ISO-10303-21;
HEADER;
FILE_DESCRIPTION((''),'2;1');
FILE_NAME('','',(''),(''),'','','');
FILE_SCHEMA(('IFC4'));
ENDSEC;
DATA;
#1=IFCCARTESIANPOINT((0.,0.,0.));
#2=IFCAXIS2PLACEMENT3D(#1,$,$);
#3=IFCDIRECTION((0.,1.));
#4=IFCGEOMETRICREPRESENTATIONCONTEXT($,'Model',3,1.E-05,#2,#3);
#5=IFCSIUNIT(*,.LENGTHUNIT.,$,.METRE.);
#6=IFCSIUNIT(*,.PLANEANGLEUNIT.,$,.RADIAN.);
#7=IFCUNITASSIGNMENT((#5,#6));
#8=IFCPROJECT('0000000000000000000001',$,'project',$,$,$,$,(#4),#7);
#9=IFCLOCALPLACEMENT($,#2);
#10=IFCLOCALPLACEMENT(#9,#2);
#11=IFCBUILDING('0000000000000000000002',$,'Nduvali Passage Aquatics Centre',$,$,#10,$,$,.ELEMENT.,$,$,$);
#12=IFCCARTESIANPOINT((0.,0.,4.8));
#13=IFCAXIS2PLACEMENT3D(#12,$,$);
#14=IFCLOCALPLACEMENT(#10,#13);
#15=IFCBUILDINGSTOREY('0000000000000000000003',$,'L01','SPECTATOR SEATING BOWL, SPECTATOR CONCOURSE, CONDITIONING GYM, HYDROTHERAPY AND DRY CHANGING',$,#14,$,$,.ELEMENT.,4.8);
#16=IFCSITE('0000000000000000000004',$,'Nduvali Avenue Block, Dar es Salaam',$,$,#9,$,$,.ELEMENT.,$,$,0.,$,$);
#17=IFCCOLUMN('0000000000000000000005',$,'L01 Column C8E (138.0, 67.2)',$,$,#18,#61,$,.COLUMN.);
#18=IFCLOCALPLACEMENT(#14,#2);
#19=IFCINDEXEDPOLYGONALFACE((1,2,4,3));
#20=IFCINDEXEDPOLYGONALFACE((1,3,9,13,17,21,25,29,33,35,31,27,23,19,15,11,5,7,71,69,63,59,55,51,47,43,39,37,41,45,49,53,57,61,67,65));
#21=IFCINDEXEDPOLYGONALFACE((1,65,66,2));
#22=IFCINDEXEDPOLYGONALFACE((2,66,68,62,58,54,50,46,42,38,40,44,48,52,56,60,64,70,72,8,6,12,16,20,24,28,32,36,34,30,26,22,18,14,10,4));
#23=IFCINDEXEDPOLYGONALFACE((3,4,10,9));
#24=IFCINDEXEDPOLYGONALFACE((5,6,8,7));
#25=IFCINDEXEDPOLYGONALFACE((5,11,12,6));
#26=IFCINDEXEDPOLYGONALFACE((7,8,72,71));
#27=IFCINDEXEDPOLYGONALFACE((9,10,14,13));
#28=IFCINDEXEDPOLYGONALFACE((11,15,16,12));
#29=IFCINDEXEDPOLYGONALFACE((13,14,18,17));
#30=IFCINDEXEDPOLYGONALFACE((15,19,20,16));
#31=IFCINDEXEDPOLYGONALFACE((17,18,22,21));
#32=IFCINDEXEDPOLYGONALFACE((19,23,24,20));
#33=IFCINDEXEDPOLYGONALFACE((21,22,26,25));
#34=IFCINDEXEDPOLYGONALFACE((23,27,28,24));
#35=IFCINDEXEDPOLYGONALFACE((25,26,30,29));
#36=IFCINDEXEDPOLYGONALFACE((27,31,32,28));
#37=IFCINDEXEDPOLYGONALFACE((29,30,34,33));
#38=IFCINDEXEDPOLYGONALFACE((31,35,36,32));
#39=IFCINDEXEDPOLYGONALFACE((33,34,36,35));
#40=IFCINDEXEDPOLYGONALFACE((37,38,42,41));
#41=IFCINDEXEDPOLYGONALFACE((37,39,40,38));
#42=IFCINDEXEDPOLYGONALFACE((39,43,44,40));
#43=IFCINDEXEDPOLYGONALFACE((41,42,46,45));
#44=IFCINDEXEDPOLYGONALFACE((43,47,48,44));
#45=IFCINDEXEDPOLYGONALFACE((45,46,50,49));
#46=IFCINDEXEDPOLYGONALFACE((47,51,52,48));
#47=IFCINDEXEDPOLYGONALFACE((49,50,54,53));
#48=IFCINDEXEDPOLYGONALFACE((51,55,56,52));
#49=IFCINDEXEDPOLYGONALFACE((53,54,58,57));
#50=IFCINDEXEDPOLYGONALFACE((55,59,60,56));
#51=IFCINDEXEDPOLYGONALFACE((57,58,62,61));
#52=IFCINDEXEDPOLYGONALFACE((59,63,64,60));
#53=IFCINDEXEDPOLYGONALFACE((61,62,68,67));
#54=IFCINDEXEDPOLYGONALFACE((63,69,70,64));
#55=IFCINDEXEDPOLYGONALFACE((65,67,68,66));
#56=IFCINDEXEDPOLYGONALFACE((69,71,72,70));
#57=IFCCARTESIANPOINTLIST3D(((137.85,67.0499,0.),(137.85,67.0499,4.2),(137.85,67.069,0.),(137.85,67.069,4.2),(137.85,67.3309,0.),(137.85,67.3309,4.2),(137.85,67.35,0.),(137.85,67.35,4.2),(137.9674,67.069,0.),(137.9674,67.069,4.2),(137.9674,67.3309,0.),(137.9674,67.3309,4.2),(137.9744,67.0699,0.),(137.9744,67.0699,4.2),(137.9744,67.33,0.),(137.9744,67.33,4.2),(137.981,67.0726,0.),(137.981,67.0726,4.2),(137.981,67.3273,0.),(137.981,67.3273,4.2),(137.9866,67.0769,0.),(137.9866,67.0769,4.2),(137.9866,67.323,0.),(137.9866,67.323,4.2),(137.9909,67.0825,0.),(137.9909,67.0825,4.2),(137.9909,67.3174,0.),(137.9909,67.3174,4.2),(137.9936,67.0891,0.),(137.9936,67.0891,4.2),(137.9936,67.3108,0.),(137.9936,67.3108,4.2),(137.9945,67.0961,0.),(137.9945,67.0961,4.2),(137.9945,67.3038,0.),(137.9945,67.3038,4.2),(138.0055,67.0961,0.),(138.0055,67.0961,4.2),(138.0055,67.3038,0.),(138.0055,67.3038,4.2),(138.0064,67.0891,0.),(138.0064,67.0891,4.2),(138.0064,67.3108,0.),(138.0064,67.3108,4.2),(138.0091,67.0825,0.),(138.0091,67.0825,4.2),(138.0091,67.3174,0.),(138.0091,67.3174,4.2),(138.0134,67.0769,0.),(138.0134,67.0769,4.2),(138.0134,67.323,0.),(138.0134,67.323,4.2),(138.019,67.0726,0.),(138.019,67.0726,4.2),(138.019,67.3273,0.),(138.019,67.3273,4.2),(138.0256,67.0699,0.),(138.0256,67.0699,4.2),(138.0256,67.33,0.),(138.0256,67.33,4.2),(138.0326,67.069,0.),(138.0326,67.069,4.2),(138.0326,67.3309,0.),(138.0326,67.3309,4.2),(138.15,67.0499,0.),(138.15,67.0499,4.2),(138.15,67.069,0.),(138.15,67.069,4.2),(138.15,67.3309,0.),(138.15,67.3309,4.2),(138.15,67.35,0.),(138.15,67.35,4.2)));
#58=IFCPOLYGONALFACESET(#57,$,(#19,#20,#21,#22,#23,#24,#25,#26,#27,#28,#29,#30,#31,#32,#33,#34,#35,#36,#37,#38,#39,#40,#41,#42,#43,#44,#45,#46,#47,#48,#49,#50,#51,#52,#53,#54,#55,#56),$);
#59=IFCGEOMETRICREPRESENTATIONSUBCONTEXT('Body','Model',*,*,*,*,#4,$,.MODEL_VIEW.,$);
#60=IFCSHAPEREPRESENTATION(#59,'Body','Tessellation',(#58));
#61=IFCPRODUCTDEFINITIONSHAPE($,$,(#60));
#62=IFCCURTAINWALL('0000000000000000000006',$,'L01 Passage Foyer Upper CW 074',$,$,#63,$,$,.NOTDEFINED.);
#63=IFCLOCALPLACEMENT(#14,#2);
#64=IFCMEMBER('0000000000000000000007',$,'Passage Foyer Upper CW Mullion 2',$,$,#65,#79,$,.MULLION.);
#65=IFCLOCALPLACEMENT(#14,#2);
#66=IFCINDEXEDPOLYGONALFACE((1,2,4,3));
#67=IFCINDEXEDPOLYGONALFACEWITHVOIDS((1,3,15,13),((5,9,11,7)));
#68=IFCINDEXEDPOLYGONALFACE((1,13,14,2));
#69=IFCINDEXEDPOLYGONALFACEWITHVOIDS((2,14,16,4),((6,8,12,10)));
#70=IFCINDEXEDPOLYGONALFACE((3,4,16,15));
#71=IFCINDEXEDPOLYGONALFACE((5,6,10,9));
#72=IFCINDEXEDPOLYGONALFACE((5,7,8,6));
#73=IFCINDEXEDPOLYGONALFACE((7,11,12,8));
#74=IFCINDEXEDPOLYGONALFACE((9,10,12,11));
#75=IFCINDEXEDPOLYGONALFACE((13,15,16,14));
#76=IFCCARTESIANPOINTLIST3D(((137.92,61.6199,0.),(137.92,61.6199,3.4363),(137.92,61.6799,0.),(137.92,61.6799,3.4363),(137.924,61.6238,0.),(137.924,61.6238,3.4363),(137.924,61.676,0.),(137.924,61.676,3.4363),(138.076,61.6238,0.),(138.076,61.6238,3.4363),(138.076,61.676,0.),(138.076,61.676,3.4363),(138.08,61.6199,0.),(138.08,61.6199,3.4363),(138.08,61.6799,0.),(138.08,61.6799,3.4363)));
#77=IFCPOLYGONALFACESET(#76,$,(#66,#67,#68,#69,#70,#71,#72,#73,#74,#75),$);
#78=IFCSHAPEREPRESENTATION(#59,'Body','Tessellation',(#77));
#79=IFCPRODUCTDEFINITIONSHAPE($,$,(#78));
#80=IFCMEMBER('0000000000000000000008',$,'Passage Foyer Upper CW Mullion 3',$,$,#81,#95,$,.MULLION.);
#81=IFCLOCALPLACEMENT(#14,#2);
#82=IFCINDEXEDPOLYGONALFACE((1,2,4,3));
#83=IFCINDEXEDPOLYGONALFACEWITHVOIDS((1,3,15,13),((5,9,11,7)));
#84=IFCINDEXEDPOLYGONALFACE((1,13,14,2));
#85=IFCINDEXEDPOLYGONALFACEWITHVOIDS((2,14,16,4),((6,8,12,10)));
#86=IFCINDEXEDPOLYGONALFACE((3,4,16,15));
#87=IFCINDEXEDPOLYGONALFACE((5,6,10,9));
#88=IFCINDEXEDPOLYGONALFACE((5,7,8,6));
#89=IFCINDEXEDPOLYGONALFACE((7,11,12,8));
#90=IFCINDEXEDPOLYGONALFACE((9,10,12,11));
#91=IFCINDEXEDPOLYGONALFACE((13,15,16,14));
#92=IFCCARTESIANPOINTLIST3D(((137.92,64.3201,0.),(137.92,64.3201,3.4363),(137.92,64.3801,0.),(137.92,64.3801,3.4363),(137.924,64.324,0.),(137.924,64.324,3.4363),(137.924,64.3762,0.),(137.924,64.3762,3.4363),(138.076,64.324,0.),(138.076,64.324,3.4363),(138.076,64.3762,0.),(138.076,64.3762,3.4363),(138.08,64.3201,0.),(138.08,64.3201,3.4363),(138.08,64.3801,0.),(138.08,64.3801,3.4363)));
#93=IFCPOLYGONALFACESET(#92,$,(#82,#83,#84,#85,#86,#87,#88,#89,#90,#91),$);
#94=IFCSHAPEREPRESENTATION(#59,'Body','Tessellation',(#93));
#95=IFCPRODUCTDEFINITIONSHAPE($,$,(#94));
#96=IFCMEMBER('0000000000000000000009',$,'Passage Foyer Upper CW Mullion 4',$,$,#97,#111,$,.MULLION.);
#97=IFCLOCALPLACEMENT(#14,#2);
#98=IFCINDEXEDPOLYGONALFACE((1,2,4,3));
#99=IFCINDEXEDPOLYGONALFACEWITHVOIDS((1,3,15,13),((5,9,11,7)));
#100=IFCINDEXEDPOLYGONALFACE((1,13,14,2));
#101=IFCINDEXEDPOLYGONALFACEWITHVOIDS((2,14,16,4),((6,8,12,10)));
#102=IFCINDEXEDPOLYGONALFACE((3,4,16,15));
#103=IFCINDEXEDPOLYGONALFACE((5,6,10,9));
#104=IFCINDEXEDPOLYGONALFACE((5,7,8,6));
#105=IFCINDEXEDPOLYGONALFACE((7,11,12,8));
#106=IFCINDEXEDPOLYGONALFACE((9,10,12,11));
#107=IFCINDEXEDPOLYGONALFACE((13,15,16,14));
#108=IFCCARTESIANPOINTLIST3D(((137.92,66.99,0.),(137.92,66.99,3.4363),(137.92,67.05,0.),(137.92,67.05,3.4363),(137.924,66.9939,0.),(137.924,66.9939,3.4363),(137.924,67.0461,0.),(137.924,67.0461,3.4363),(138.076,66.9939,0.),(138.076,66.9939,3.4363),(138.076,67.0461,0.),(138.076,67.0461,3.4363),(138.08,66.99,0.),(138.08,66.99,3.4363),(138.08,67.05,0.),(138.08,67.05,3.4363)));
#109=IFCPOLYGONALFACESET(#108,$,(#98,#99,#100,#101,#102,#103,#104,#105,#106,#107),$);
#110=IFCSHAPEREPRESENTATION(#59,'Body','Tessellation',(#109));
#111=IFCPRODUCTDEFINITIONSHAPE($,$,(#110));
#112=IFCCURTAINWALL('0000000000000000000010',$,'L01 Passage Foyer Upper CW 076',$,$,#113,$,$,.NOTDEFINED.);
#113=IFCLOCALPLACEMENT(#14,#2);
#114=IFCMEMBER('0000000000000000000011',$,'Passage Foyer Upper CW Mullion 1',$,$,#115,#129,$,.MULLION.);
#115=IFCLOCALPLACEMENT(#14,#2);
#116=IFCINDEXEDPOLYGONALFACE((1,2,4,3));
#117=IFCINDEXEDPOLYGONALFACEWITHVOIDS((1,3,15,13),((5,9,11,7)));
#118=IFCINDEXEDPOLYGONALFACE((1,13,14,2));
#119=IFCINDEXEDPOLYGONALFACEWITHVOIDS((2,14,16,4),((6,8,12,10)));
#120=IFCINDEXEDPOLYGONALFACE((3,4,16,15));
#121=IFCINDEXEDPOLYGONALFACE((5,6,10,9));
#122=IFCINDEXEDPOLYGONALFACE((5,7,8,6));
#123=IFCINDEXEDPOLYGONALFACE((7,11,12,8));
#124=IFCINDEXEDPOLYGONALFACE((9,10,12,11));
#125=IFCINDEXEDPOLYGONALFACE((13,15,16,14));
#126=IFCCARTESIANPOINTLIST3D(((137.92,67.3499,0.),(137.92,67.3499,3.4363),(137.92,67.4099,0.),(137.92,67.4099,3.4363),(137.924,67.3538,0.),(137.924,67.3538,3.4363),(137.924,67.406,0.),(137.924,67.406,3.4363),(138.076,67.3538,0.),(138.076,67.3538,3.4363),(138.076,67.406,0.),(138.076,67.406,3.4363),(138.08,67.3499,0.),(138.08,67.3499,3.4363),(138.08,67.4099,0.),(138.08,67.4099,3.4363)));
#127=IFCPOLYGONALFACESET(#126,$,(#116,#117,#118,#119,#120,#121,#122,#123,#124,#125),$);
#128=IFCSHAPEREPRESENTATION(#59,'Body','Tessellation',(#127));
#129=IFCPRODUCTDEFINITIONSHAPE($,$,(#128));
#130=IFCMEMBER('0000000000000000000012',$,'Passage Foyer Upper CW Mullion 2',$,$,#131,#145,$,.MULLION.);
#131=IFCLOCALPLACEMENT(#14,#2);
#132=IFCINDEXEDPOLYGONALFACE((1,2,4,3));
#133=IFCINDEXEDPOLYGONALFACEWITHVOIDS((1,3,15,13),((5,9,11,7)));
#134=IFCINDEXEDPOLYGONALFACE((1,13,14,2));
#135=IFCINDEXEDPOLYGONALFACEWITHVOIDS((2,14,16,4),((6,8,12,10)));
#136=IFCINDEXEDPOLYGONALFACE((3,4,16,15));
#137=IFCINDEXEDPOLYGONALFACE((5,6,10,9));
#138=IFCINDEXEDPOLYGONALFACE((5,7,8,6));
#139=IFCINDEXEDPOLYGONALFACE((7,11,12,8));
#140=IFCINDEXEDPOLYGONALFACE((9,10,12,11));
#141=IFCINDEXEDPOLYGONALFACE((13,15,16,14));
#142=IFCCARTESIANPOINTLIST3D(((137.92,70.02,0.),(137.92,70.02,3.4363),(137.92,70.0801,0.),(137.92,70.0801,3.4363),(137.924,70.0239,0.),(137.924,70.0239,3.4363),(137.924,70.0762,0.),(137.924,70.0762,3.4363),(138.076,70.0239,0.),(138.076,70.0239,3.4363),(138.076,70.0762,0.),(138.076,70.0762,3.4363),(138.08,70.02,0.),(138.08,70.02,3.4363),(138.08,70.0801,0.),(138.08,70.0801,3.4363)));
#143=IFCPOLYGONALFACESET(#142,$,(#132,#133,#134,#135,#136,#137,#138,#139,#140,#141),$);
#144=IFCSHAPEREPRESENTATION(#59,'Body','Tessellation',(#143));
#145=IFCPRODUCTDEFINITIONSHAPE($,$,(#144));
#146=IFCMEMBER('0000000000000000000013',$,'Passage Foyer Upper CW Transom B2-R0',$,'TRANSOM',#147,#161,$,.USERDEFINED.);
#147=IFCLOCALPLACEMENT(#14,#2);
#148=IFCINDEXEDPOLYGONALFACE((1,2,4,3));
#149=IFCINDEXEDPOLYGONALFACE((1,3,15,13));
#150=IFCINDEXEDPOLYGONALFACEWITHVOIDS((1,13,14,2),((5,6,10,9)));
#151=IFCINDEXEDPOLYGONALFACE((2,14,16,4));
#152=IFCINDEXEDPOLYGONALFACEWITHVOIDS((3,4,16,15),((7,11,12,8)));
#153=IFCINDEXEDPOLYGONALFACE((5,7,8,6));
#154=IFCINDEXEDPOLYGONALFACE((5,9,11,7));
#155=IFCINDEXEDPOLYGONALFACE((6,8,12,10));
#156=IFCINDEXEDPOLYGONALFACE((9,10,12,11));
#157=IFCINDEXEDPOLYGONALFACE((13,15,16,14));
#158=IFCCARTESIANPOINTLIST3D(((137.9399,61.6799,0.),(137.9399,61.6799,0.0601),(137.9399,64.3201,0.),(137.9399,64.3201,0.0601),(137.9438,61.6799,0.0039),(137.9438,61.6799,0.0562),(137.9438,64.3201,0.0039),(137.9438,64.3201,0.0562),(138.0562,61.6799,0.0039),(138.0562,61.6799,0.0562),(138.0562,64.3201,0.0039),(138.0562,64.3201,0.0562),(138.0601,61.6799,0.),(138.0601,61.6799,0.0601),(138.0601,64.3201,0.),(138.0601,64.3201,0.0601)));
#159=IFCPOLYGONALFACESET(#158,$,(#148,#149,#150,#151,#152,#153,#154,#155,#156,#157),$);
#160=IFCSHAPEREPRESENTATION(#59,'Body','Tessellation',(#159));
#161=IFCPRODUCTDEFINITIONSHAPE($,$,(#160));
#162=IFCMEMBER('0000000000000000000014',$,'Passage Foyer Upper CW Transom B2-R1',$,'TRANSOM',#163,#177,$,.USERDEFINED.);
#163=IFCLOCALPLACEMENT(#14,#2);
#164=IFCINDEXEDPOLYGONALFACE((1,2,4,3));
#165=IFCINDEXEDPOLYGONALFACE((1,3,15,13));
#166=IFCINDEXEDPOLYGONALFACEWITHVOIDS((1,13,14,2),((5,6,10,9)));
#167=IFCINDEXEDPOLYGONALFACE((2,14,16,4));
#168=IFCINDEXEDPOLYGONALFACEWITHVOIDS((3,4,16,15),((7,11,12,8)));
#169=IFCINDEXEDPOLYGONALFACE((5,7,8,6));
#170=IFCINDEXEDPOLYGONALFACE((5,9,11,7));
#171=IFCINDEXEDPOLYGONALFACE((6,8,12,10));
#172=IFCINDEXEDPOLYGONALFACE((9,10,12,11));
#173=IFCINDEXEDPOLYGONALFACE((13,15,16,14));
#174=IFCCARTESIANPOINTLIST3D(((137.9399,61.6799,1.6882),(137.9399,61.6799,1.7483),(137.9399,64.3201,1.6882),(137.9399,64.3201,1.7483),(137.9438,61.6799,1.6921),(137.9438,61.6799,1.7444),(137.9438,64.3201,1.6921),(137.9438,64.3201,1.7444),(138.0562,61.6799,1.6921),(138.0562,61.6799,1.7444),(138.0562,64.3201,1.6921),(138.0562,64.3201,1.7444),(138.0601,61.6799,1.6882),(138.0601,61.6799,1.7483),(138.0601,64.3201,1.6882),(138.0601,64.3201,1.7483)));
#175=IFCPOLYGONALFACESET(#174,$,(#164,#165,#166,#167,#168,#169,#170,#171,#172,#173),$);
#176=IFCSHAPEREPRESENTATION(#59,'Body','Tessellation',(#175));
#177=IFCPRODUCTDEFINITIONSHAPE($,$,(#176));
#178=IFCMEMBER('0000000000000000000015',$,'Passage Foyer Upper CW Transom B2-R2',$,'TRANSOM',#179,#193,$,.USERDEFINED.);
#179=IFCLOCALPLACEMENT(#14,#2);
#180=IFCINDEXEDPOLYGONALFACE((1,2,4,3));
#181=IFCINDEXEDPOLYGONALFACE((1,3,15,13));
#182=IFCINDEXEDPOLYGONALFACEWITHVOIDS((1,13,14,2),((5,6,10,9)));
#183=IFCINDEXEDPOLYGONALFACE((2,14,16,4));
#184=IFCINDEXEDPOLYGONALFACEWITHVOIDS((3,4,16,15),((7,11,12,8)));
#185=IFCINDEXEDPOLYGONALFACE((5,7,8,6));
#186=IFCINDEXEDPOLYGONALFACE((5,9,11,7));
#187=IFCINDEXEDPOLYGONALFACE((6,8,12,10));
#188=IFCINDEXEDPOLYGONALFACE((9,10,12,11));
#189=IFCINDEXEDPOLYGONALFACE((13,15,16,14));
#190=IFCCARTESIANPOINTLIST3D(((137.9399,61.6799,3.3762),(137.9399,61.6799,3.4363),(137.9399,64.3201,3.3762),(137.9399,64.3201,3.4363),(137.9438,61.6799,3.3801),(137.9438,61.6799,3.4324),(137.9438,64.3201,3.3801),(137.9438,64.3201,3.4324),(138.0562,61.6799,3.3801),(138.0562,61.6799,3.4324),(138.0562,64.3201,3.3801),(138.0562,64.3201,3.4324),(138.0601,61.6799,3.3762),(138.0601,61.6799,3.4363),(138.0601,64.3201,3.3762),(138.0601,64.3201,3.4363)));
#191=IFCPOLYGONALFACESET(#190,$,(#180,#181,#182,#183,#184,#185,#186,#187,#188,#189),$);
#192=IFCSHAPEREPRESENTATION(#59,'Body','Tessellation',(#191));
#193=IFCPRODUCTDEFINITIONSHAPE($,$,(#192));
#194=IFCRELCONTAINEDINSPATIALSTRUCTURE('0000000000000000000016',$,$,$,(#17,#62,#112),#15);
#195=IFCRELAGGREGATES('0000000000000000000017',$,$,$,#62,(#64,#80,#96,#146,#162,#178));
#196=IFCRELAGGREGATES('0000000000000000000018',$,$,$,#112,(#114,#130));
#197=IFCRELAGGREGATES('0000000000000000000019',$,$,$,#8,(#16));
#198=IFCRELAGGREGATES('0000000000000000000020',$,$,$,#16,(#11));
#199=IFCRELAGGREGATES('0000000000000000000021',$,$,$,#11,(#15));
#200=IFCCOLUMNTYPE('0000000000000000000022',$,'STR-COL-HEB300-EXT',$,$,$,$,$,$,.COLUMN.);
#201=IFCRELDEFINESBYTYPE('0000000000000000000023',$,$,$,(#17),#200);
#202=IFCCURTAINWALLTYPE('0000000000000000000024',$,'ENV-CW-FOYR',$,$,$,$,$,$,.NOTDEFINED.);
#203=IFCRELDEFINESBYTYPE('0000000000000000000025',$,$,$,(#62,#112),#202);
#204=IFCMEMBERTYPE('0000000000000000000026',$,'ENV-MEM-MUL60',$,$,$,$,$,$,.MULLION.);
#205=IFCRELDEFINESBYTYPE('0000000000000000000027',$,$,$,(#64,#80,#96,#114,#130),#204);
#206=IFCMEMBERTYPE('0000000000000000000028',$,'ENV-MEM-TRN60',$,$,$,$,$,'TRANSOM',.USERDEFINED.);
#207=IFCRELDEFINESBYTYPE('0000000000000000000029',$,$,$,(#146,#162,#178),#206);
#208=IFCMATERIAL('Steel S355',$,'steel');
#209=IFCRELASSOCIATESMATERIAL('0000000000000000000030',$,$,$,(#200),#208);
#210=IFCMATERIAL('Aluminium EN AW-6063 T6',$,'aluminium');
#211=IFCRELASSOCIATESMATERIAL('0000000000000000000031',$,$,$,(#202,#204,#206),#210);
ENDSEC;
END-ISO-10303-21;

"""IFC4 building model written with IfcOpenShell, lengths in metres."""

from ifc_helpers import new_model, si_unit, direction, frame, origin, origin_2d, place, context, subcontext, project, spatial, hollow_rectangle, i_section, extrude, material, material_profile, profile_set, type_object, element, aggregate, save


model = new_model("IFC4")

# Units and contexts
model_context = context("Model", 3, precision=1e-05, world=origin(), true_north=direction((0.0, 1.0)))
body_context = subcontext(model_context, "Body", "Model", "MODEL_VIEW")
ifc_project = project(units=[si_unit("LENGTHUNIT", "METRE"), si_unit("PLANEANGLEUNIT", "RADIAN")], contexts=[model_context])

# Site, building, storey
site_placement = place(None, origin())
site = spatial("IfcSite", under=ifc_project, at=site_placement, Name="Nduvali Avenue Block, Dar es Salaam", CompositionType="ELEMENT", RefElevation=0.0)
building_placement = place(site_placement, origin())
building = spatial("IfcBuilding", under=site, at=building_placement, Name="Nduvali Passage Aquatics Centre", CompositionType="ELEMENT")
storey_placement = place(building_placement, frame((0.0, 0.0, 4.8)))
storey = spatial("IfcBuildingStorey", under=building, at=storey_placement, Name="L01", Description="SPECTATOR SEATING BOWL, SPECTATOR CONCOURSE, CONDITIONING GYM, HYDROTHERAPY AND DRY CHANGING", CompositionType="ELEMENT", Elevation=4.8)

# Column
ifc_material_1 = material(Name="Steel S355", Category="steel")
ifc_material_profile_1 = material_profile(ifc_material_1, i_section(OverallWidth=0.3, OverallDepth=0.3, WebThickness=0.011, FlangeThickness=0.019, FilletRadius=0.0271, at=origin_2d()), Name="HEB 300")
ifc_profile_set_1 = profile_set([ifc_material_profile_1], Name="Steel S355")
column_type = type_object("IfcColumnType", Name="STR-COL-HEB300-EXT", PredefinedType="COLUMN", material=ifc_profile_set_1)
column_placement = place(storey_placement, frame((138.0, 67.2, 0.0), z_axis=(0.0, 0.0, 1.0), x_axis=(1.0, 0.0, 0.0)))
element("IfcColumn", 1, at=column_placement, inside=storey, type_object=column_type, Name="L01 Column C8E (138.0, 67.2)", PredefinedType="COLUMN", context=body_context, shape_type="SweptSolid", body=[
    extrude(i_section(OverallWidth=0.3, OverallDepth=0.3, WebThickness=0.011, FlangeThickness=0.019, FilletRadius=0.0271, at=origin_2d()), origin(), (0.0, 0.0, 1.0), 4.2),
])

# Curtain walls, members
ifc_material_2 = material(Name="Aluminium EN AW-6063 T6", Category="aluminium")
curtain_wall_type = type_object("IfcCurtainWallType", Name="ENV-CW-FOYR", PredefinedType="NOTDEFINED", material=ifc_material_2)
curtain_wall_1_placement = place(storey_placement, origin())
curtain_wall_1 = element("IfcCurtainWall", 2, at=curtain_wall_1_placement, inside=storey, type_object=curtain_wall_type, Name="L01 Passage Foyer Upper CW 074", PredefinedType="NOTDEFINED")
ifc_material_profile_2 = material_profile(ifc_material_2, hollow_rectangle(XDim=0.0601, YDim=0.1599, WallThickness=0.0039, at=origin_2d()), Name="ALU MULLION 60x160x4")
ifc_profile_set_2 = profile_set([ifc_material_profile_2], Name="Aluminium EN AW-6063 T6")
member_type_1 = type_object("IfcMemberType", Name="ENV-MEM-MUL60", PredefinedType="MULLION", material=ifc_profile_set_2)
member_1_placement = place(storey_placement, frame((138.0, 61.6499, 0.0), z_axis=(0.0, 0.0, 1.0), x_axis=(0.0, 1.0, 0.0)))
member_1 = element("IfcMember", 3, at=member_1_placement, type_object=member_type_1, Name="Passage Foyer Upper CW Mullion 2", PredefinedType="MULLION", context=body_context, shape_type="SweptSolid", body=[
    extrude(hollow_rectangle(XDim=0.0601, YDim=0.1599, WallThickness=0.0039, at=origin_2d()), origin(), (0.0, 0.0, 1.0), 3.4363),
])
member_2_placement = place(storey_placement, frame((138.0, 64.3501, 0.0), z_axis=(0.0, 0.0, 1.0), x_axis=(0.0, 1.0, 0.0)))
member_2 = element("IfcMember", 4, at=member_2_placement, type_object=member_type_1, Name="Passage Foyer Upper CW Mullion 3", PredefinedType="MULLION", context=body_context, shape_type="SweptSolid", body=[
    extrude(hollow_rectangle(XDim=0.0601, YDim=0.1599, WallThickness=0.0039, at=origin_2d()), origin(), (0.0, 0.0, 1.0), 3.4363),
])
member_3_placement = place(storey_placement, frame((138.0, 67.02, 0.0), z_axis=(0.0, 0.0, 1.0), x_axis=(0.0, 1.0, 0.0)))
member_3 = element("IfcMember", 5, at=member_3_placement, type_object=member_type_1, Name="Passage Foyer Upper CW Mullion 4", PredefinedType="MULLION", context=body_context, shape_type="SweptSolid", body=[
    extrude(hollow_rectangle(XDim=0.0601, YDim=0.1599, WallThickness=0.0039, at=origin_2d()), origin(), (0.0, 0.0, 1.0), 3.4363),
])
curtain_wall_2_placement = place(storey_placement, origin())
curtain_wall_2 = element("IfcCurtainWall", 6, at=curtain_wall_2_placement, inside=storey, type_object=curtain_wall_type, Name="L01 Passage Foyer Upper CW 076", PredefinedType="NOTDEFINED")
member_4_placement = place(storey_placement, frame((138.0, 67.3799, 0.0), z_axis=(0.0, 0.0, 1.0), x_axis=(0.0, 1.0, 0.0)))
member_4 = element("IfcMember", 7, at=member_4_placement, type_object=member_type_1, Name="Passage Foyer Upper CW Mullion 1", PredefinedType="MULLION", context=body_context, shape_type="SweptSolid", body=[
    extrude(hollow_rectangle(XDim=0.0601, YDim=0.1599, WallThickness=0.0039, at=origin_2d()), origin(), (0.0, 0.0, 1.0), 3.4363),
])
member_5_placement = place(storey_placement, frame((138.0, 70.05, 0.0), z_axis=(0.0, 0.0, 1.0), x_axis=(0.0, 1.0, 0.0)))
member_5 = element("IfcMember", 8, at=member_5_placement, type_object=member_type_1, Name="Passage Foyer Upper CW Mullion 2", PredefinedType="MULLION", context=body_context, shape_type="SweptSolid", body=[
    extrude(hollow_rectangle(XDim=0.0601, YDim=0.1599, WallThickness=0.0039, at=origin_2d()), origin(), (0.0, 0.0, 1.0), 3.4363),
])

# Members
ifc_material_profile_3 = material_profile(ifc_material_2, hollow_rectangle(XDim=0.1201, YDim=0.0601, WallThickness=0.0039, at=origin_2d()), Name="ALU TRANSOM 120x60x4")
ifc_profile_set_3 = profile_set([ifc_material_profile_3], Name="Aluminium EN AW-6063 T6")
member_type_2 = type_object("IfcMemberType", Name="ENV-MEM-TRN60", ElementType="TRANSOM", PredefinedType="USERDEFINED", material=ifc_profile_set_3)
member_6_placement = place(storey_placement, frame((138.0, 61.6799, 0.03), z_axis=(0.0, 1.0, 0.0), x_axis=(-1.0, 0.0, 0.0)))
member_6 = element("IfcMember", 9, at=member_6_placement, type_object=member_type_2, Name="Passage Foyer Upper CW Transom B2-R0", ObjectType="TRANSOM", PredefinedType="USERDEFINED", context=body_context, shape_type="SweptSolid", body=[
    extrude(hollow_rectangle(XDim=0.1201, YDim=0.0601, WallThickness=0.0039, at=origin_2d()), origin(), (0.0, 0.0, 1.0), 2.6401),
])
member_7_placement = place(storey_placement, frame((138.0, 61.6799, 1.7183), z_axis=(0.0, 1.0, 0.0), x_axis=(-1.0, 0.0, 0.0)))
member_7 = element("IfcMember", 10, at=member_7_placement, type_object=member_type_2, Name="Passage Foyer Upper CW Transom B2-R1", ObjectType="TRANSOM", PredefinedType="USERDEFINED", context=body_context, shape_type="SweptSolid", body=[
    extrude(hollow_rectangle(XDim=0.1201, YDim=0.0601, WallThickness=0.0039, at=origin_2d()), origin(), (0.0, 0.0, 1.0), 2.6401),
])
member_8_placement = place(storey_placement, frame((138.0, 61.6799, 3.4062), z_axis=(0.0, 1.0, 0.0), x_axis=(-1.0, 0.0, 0.0)))
member_8 = element("IfcMember", 11, at=member_8_placement, type_object=member_type_2, Name="Passage Foyer Upper CW Transom B2-R2", ObjectType="TRANSOM", PredefinedType="USERDEFINED", context=body_context, shape_type="SweptSolid", body=[
    extrude(hollow_rectangle(XDim=0.1201, YDim=0.0601, WallThickness=0.0039, at=origin_2d()), origin(), (0.0, 0.0, 1.0), 2.6401),
])

aggregate(curtain_wall_1, [member_1, member_2, member_3, member_6, member_7, member_8])
aggregate(curtain_wall_2, [member_4, member_5])

save(model, "model.ifc")
